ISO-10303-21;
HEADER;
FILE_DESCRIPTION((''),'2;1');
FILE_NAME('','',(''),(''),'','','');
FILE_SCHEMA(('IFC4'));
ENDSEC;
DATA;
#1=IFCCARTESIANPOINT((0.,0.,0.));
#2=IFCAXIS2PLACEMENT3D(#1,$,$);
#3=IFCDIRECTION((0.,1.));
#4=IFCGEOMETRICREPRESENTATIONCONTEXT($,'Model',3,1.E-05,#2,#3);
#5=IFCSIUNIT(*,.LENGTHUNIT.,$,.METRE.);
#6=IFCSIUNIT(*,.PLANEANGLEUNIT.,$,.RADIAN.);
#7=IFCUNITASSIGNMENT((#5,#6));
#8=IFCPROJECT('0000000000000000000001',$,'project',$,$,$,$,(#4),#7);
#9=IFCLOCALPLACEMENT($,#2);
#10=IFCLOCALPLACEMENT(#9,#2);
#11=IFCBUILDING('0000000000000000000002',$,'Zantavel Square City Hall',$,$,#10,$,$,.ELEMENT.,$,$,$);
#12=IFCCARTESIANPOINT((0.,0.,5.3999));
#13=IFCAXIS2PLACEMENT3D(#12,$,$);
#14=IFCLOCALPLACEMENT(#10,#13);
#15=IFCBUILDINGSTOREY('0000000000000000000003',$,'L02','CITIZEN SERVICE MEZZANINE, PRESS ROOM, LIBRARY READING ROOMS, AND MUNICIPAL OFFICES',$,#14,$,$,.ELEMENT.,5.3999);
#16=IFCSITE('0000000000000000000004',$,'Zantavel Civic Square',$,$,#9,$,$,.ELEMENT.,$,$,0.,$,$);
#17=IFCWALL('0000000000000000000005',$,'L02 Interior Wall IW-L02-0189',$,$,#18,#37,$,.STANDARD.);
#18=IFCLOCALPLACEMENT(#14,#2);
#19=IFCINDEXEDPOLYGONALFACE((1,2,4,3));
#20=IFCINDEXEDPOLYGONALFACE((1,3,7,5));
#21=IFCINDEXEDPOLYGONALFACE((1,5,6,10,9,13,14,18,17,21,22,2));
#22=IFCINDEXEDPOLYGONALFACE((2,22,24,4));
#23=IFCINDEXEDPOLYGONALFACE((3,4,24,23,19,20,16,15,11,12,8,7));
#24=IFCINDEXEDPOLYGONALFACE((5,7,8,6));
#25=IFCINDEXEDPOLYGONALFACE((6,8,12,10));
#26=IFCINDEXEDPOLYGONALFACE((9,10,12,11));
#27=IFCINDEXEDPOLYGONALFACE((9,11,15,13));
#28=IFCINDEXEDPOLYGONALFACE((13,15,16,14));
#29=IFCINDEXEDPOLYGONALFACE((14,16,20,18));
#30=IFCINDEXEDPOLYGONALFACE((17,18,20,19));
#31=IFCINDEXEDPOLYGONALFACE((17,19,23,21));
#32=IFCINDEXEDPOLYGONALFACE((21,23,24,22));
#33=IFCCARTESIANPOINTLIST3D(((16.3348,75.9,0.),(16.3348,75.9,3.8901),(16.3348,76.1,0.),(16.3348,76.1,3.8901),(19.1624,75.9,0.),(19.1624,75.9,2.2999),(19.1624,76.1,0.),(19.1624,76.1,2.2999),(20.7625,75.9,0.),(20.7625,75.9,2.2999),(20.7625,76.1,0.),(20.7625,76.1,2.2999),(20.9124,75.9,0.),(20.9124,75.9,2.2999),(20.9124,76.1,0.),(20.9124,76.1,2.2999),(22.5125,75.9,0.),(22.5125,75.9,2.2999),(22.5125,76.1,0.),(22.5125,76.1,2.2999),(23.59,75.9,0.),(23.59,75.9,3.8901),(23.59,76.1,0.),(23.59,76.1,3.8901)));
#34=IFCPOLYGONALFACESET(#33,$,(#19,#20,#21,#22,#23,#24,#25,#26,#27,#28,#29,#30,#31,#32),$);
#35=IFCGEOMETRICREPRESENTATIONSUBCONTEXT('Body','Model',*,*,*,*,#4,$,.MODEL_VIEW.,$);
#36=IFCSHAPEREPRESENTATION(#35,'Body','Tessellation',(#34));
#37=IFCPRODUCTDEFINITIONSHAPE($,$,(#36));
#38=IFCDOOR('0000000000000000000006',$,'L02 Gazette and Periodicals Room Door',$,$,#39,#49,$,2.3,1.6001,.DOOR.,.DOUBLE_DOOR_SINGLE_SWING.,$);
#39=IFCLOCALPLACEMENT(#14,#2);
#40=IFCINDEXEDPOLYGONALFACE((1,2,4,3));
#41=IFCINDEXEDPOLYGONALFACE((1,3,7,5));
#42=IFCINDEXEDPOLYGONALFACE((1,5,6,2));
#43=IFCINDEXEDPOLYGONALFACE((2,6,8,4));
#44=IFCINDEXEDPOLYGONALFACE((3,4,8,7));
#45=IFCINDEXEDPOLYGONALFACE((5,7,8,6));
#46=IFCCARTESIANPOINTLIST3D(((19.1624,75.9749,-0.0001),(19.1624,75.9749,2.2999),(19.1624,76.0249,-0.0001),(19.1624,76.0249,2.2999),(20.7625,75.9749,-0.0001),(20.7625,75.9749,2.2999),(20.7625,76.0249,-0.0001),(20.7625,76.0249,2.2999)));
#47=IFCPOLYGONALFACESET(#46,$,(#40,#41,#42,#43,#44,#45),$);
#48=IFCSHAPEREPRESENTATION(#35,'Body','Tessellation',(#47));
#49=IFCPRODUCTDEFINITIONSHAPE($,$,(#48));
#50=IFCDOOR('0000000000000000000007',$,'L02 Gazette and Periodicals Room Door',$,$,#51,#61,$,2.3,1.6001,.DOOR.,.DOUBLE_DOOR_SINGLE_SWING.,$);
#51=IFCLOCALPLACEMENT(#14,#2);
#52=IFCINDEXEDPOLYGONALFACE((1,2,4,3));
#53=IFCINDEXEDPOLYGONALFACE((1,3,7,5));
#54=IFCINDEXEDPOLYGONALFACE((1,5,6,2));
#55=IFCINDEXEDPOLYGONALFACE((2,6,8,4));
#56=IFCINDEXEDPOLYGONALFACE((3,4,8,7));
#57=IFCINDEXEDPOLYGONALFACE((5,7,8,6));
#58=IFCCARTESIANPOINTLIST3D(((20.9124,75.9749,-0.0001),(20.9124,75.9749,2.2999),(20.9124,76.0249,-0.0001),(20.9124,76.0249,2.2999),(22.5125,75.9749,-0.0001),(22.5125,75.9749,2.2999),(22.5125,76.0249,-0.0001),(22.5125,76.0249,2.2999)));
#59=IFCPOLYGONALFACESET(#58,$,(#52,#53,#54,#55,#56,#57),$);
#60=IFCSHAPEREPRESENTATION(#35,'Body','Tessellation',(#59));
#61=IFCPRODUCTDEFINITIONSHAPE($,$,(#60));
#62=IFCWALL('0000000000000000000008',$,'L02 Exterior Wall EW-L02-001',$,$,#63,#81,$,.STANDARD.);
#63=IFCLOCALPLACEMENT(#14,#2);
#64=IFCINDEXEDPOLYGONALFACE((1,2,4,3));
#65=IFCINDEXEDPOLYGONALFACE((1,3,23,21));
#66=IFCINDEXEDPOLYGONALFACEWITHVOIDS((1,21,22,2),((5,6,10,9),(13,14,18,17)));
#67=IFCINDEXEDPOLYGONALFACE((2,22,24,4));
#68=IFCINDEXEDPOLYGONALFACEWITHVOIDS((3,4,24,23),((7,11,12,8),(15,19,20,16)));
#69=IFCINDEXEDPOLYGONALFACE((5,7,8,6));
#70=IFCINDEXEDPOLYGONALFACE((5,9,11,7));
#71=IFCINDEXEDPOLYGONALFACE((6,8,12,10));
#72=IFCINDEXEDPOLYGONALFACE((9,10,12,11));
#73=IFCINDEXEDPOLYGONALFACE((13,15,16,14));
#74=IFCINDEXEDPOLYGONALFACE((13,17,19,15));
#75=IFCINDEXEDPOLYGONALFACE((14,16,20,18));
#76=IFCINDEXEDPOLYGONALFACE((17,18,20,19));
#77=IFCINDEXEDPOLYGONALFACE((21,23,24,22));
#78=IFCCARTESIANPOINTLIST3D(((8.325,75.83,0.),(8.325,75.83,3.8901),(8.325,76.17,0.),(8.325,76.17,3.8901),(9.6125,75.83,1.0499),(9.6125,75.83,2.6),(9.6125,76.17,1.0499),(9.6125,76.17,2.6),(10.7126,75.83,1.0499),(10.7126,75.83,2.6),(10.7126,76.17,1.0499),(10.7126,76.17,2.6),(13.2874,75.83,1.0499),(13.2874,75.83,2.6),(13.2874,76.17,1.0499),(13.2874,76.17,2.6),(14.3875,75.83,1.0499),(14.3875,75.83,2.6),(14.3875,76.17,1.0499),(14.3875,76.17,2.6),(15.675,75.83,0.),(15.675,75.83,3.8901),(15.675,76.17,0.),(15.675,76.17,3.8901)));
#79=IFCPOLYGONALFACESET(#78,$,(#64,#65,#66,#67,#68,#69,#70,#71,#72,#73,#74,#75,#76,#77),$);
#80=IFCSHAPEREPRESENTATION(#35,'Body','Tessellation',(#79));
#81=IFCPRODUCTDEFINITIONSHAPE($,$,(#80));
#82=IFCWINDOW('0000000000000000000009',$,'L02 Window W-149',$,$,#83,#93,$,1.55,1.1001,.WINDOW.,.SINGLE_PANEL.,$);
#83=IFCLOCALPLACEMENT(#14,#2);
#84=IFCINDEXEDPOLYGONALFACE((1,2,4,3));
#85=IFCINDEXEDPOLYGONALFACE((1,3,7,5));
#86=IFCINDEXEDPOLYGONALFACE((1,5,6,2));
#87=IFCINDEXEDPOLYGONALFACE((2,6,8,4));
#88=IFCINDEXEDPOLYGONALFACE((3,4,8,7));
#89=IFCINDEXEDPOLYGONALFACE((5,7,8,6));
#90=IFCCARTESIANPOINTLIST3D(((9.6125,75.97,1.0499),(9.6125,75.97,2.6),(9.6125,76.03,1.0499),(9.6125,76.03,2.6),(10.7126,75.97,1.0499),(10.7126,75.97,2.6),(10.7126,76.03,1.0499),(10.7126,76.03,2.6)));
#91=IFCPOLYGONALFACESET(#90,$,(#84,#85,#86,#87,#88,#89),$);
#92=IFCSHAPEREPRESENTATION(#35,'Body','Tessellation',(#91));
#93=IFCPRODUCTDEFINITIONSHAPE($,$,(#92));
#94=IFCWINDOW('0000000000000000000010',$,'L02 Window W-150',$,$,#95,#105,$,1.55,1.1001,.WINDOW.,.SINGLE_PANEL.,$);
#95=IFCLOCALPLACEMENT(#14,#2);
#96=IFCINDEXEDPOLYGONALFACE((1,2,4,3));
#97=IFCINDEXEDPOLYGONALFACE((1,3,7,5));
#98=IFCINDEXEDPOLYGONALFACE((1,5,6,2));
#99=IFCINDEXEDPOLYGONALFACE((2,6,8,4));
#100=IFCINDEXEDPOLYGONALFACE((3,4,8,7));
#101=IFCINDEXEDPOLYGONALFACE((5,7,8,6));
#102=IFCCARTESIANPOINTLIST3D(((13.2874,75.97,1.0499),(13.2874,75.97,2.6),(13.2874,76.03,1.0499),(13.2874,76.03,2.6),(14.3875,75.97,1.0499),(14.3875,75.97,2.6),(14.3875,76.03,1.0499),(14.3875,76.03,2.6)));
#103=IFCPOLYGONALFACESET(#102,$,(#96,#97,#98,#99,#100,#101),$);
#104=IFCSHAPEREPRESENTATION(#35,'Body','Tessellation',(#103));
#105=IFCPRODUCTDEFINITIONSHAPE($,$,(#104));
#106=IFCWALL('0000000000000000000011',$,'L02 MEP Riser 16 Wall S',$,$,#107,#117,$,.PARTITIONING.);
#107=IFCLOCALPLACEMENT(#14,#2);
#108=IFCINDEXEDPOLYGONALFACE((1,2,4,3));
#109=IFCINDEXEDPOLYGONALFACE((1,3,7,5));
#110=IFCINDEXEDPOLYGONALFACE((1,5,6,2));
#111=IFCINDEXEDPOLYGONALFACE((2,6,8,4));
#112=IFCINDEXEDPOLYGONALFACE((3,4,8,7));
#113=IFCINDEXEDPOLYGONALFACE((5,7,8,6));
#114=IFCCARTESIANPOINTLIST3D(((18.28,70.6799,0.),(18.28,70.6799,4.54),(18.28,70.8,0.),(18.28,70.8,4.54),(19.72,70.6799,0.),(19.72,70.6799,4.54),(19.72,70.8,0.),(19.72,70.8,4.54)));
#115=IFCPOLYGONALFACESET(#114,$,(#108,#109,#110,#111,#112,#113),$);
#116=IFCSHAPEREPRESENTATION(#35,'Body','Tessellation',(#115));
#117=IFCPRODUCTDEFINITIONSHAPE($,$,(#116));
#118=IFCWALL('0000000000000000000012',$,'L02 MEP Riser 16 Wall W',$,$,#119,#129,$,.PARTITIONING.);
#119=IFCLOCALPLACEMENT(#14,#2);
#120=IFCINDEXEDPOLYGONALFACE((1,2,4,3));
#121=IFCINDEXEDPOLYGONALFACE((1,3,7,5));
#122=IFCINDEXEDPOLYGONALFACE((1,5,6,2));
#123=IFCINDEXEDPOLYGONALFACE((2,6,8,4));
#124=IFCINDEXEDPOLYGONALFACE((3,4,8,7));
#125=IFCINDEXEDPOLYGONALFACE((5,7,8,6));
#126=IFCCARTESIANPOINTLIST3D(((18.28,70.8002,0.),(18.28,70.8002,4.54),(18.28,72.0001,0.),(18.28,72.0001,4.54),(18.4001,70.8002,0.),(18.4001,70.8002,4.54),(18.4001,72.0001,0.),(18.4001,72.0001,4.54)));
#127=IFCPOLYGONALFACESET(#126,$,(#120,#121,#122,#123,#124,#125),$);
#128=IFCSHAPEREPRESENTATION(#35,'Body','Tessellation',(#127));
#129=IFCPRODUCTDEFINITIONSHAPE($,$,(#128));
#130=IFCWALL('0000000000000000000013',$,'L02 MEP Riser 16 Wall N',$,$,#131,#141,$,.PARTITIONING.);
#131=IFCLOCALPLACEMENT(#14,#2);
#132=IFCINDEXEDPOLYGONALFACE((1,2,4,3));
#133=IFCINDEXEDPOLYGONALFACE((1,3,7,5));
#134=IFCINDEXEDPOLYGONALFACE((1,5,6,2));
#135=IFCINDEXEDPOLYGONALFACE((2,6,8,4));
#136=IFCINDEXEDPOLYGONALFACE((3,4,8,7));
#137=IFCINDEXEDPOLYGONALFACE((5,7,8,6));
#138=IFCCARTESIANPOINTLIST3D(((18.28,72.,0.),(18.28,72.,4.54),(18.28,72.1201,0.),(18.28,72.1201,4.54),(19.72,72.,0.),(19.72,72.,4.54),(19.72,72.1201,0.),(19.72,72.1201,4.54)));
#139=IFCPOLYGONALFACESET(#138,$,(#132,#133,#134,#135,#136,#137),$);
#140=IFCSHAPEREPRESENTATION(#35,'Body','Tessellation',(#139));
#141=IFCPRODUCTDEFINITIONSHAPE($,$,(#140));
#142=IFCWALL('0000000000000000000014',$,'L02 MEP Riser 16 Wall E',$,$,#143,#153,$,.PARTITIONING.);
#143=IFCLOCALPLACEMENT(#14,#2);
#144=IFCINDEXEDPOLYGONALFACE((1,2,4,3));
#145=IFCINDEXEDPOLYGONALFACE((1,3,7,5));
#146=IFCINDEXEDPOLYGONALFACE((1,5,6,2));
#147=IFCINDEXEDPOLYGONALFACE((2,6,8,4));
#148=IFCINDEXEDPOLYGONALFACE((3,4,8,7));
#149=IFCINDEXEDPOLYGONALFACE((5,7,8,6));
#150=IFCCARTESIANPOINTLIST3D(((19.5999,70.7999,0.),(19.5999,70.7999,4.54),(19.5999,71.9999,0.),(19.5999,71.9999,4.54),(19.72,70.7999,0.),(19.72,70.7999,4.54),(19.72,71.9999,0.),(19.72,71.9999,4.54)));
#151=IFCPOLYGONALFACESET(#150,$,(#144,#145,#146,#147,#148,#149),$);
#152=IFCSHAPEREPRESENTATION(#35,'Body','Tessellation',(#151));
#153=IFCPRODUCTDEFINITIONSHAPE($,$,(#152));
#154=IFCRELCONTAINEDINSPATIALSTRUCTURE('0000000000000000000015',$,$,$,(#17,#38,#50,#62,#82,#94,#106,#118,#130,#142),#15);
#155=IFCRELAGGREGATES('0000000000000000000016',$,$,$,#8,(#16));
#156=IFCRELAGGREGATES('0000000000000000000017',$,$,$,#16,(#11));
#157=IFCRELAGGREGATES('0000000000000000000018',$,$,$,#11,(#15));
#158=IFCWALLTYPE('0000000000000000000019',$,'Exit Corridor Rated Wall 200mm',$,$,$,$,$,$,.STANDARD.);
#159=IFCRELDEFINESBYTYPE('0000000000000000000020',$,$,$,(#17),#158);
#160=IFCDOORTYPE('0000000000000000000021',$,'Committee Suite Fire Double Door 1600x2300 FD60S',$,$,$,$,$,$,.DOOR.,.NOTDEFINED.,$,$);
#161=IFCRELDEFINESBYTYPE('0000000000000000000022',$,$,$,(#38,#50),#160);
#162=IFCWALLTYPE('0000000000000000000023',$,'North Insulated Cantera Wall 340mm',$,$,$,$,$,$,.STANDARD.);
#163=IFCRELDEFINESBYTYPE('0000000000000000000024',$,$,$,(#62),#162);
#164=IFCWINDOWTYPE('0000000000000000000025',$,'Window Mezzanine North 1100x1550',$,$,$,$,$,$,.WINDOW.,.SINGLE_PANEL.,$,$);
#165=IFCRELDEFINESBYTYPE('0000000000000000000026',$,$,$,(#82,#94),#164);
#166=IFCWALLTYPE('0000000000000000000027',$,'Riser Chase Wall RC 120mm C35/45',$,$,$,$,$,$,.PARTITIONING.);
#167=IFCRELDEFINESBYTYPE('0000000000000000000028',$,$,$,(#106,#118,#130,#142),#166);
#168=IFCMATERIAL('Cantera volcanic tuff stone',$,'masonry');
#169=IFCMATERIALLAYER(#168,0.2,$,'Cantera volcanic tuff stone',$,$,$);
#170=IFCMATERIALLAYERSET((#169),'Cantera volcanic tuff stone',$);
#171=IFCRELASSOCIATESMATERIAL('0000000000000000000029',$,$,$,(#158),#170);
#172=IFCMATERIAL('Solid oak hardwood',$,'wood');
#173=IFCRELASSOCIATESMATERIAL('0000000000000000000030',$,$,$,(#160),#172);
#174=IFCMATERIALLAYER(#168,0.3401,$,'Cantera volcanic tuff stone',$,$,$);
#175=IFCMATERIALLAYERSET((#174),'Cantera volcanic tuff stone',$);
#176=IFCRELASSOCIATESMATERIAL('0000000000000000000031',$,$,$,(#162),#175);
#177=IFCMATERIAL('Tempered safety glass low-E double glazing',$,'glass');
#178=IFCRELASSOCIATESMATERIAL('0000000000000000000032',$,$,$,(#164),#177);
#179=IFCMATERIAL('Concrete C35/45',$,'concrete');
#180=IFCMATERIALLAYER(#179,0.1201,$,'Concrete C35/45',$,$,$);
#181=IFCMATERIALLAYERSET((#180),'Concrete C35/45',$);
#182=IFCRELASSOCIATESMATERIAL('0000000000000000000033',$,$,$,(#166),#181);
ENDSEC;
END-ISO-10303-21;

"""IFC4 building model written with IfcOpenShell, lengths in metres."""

from ifc_helpers import new_model, si_unit, direction, frame, frame_2d, origin, place, context, subcontext, project, spatial, rectangle, extrude, material, layer, layer_set, type_object, element, fill, save


model = new_model("IFC4")

# Units and contexts
model_context = context("Model", 3, precision=1e-05, world=origin(), true_north=direction((0.0, 1.0)))
body_context = subcontext(model_context, "Body", "Model", "MODEL_VIEW")
ifc_project = project(units=[si_unit("LENGTHUNIT", "METRE"), si_unit("PLANEANGLEUNIT", "RADIAN")], contexts=[model_context])

# Site, building, storey
site_placement = place(None, origin())
site = spatial("IfcSite", under=ifc_project, at=site_placement, Name="Zantavel Civic Square", CompositionType="ELEMENT", RefElevation=0.0)
building_placement = place(site_placement, origin())
building = spatial("IfcBuilding", under=site, at=building_placement, Name="Zantavel Square City Hall", CompositionType="ELEMENT")
storey_placement = place(building_placement, frame((0.0, 0.0, 5.3999)))
storey = spatial("IfcBuildingStorey", under=building, at=storey_placement, Name="L02", Description="CITIZEN SERVICE MEZZANINE, PRESS ROOM, LIBRARY READING ROOMS, AND MUNICIPAL OFFICES", CompositionType="ELEMENT", Elevation=5.3999)

# Shared definitions
ifc_material_1 = material(Name="Concrete C35/45", Category="concrete")

# Shared definitions
ifc_material_2 = material(Name="Cantera volcanic tuff stone", Category="masonry")
ifc_material_3 = material(Name="Tempered safety glass low-E double glazing", Category="glass")

# Wall, openings, doors
ifc_layer_1 = layer(ifc_material_2, 0.2, Name="Cantera volcanic tuff stone")
ifc_layer_set_1 = layer_set([ifc_layer_1], Name="Cantera volcanic tuff stone")
wall_type_1 = type_object("IfcWallType", Name="Exit Corridor Rated Wall 200mm", PredefinedType="STANDARD", material=ifc_layer_set_1)
wall_1_placement = place(storey_placement, frame((16.335, 76.0, 0.0), z_axis=(0.0, 0.0, 1.0), x_axis=(1.0, 0.0, 0.0)))
wall_1 = element("IfcWall", 1, at=wall_1_placement, inside=storey, type_object=wall_type_1, Name="L02 Interior Wall IW-L02-0189", PredefinedType="STANDARD", context=body_context, shape_type="SweptSolid", body=[
    extrude(rectangle(XDim=7.2551, YDim=0.2, at=frame_2d((3.6274, 0.0))), origin(), (0.0, 0.0, 1.0), 3.8901),
])
opening_1_placement = place(wall_1_placement, frame((2.8274, 0.0, 0.0)))
opening_1 = element("IfcOpeningElement", 2, at=opening_1_placement, cuts=wall_1, PredefinedType="OPENING", context=body_context, shape_type="SweptSolid", body=[
    extrude(rectangle(XDim=1.6001, YDim=2.3, at=frame_2d((0.8, 1.1499))), frame((0.0, 0.1099, 0.0), z_axis=(0.0, -1.0, 0.0), x_axis=(1.0, 0.0, 0.0)), (0.0, 0.0, 1.0), 0.22),
])
opening_2_placement = place(wall_1_placement, frame((4.5774, 0.0, 0.0)))
opening_2 = element("IfcOpeningElement", 3, at=opening_2_placement, cuts=wall_1, PredefinedType="OPENING", context=body_context, shape_type="SweptSolid", body=[
    extrude(rectangle(XDim=1.6001, YDim=2.3, at=frame_2d((0.8, 1.1499))), frame((0.0, 0.1099, 0.0), z_axis=(0.0, -1.0, 0.0), x_axis=(1.0, 0.0, 0.0)), (0.0, 0.0, 1.0), 0.22),
])
ifc_material_4 = material(Name="Solid oak hardwood", Category="wood")
door_type_1 = type_object("IfcDoorType", Name="Committee Suite Fire Double Door 1600x2300 FD60S", OperationType="NOTDEFINED", PredefinedType="DOOR", material=ifc_material_4)
door_1_placement = place(opening_1_placement, origin())
door_1 = element("IfcDoor", 4, at=door_1_placement, inside=storey, type_object=door_type_1, Name="L02 Gazette and Periodicals Room Door", OperationType="DOUBLE_DOOR_SINGLE_SWING", OverallHeight=2.3, OverallWidth=1.6001, PredefinedType="DOOR", context=body_context, shape_type="SweptSolid", body=[
    extrude(rectangle(XDim=1.6001, YDim=2.3, at=frame_2d((0.8, 1.1499))), frame((0.0, 0.0249, 0.0), z_axis=(0.0, -1.0, 0.0), x_axis=(1.0, 0.0, 0.0)), (0.0, 0.0, 1.0), 0.05),
])
fill(opening_1, door_1)
door_2_placement = place(opening_2_placement, origin())
door_2 = element("IfcDoor", 5, at=door_2_placement, inside=storey, type_object=door_type_1, Name="L02 Gazette and Periodicals Room Door", OperationType="DOUBLE_DOOR_SINGLE_SWING", OverallHeight=2.3, OverallWidth=1.6001, PredefinedType="DOOR", context=body_context, shape_type="SweptSolid", body=[
    extrude(rectangle(XDim=1.6001, YDim=2.3, at=frame_2d((0.8, 1.1499))), frame((0.0, 0.0249, 0.0), z_axis=(0.0, -1.0, 0.0), x_axis=(1.0, 0.0, 0.0)), (0.0, 0.0, 1.0), 0.05),
])
fill(opening_2, door_2)

# Wall, openings, windows
ifc_layer_2 = layer(ifc_material_2, 0.3401, Name="Cantera volcanic tuff stone")
ifc_layer_set_2 = layer_set([ifc_layer_2], Name="Cantera volcanic tuff stone")
wall_type_2 = type_object("IfcWallType", Name="North Insulated Cantera Wall 340mm", PredefinedType="STANDARD", material=ifc_layer_set_2)
wall_2_placement = place(storey_placement, frame((8.325, 76.0, 0.0), z_axis=(0.0, 0.0, 1.0), x_axis=(1.0, 0.0, 0.0)))
wall_2 = element("IfcWall", 6, at=wall_2_placement, inside=storey, type_object=wall_type_2, Name="L02 Exterior Wall EW-L02-001", PredefinedType="STANDARD", context=body_context, shape_type="SweptSolid", body=[
    extrude(rectangle(XDim=7.3501, YDim=0.3401, at=frame_2d((3.675, 0.0))), origin(), (0.0, 0.0, 1.0), 3.8901),
])
opening_3_placement = place(wall_2_placement, frame((1.2876, 0.0, 1.05)))
opening_3 = element("IfcOpeningElement", 7, at=opening_3_placement, cuts=wall_2, PredefinedType="OPENING", context=body_context, shape_type="SweptSolid", body=[
    extrude(rectangle(XDim=1.1001, YDim=1.55, at=frame_2d((0.55, 0.7749))), frame((0.0, 0.1799, 0.0), z_axis=(0.0, -1.0, 0.0), x_axis=(1.0, 0.0, 0.0)), (0.0, 0.0, 1.0), 0.3601),
])
opening_4_placement = place(wall_2_placement, frame((4.9624, 0.0, 1.05)))
opening_4 = element("IfcOpeningElement", 8, at=opening_4_placement, cuts=wall_2, PredefinedType="OPENING", context=body_context, shape_type="SweptSolid", body=[
    extrude(rectangle(XDim=1.1001, YDim=1.55, at=frame_2d((0.55, 0.7749))), frame((0.0, 0.1799, 0.0), z_axis=(0.0, -1.0, 0.0), x_axis=(1.0, 0.0, 0.0)), (0.0, 0.0, 1.0), 0.3601),
])
window_type_1 = type_object("IfcWindowType", Name="Window Mezzanine North 1100x1550", PartitioningType="SINGLE_PANEL", PredefinedType="WINDOW", material=ifc_material_3)
window_1_placement = place(opening_3_placement, origin())
window_1 = element("IfcWindow", 9, at=window_1_placement, inside=storey, type_object=window_type_1, Name="L02 Window W-149", OverallHeight=1.55, OverallWidth=1.1001, PartitioningType="SINGLE_PANEL", PredefinedType="WINDOW", context=body_context, shape_type="SweptSolid", body=[
    extrude(rectangle(XDim=1.1001, YDim=1.55, at=frame_2d((0.55, 0.7749))), frame((0.0, 0.03, 0.0), z_axis=(0.0, -1.0, 0.0), x_axis=(1.0, 0.0, 0.0)), (0.0, 0.0, 1.0), 0.0601),
])
fill(opening_3, window_1)
window_2_placement = place(opening_4_placement, origin())
window_2 = element("IfcWindow", 10, at=window_2_placement, inside=storey, type_object=window_type_1, Name="L02 Window W-150", OverallHeight=1.55, OverallWidth=1.1001, PartitioningType="SINGLE_PANEL", PredefinedType="WINDOW", context=body_context, shape_type="SweptSolid", body=[
    extrude(rectangle(XDim=1.1001, YDim=1.55, at=frame_2d((0.55, 0.7749))), frame((0.0, 0.03, 0.0), z_axis=(0.0, -1.0, 0.0), x_axis=(1.0, 0.0, 0.0)), (0.0, 0.0, 1.0), 0.0601),
])
fill(opening_4, window_2)

# Walls
ifc_layer_3 = layer(ifc_material_1, 0.1201, Name="Concrete C35/45")
ifc_layer_set_3 = layer_set([ifc_layer_3], Name="Concrete C35/45")
wall_type_3 = type_object("IfcWallType", Name="Riser Chase Wall RC 120mm C35/45", PredefinedType="PARTITIONING", material=ifc_layer_set_3)
wall_3_placement = place(storey_placement, frame((19.72, 70.74, 0.0), z_axis=(0.0, 0.0, 1.0), x_axis=(-1.0, 0.0, 0.0)))
element("IfcWall", 11, at=wall_3_placement, inside=storey, type_object=wall_type_3, Name="L02 MEP Riser 16 Wall S", PredefinedType="PARTITIONING", context=body_context, shape_type="SweptSolid", body=[
    extrude(rectangle(XDim=1.4399, YDim=0.1201, at=frame_2d((0.72, 0.0))), origin(), (0.0, 0.0, 1.0), 4.54),
])
wall_4_placement = place(storey_placement, frame((18.3401, 70.8, 0.0), z_axis=(0.0, 0.0, 1.0), x_axis=(0.0, 1.0, 0.0)))
element("IfcWall", 12, at=wall_4_placement, inside=storey, type_object=wall_type_3, Name="L02 MEP Riser 16 Wall W", PredefinedType="PARTITIONING", context=body_context, shape_type="SweptSolid", body=[
    extrude(rectangle(XDim=1.2, YDim=0.1201, at=frame_2d((0.6001, 0.0))), origin(), (0.0, 0.0, 1.0), 4.54),
])
wall_5_placement = place(storey_placement, frame((18.28, 72.0601, 0.0), z_axis=(0.0, 0.0, 1.0), x_axis=(1.0, 0.0, 0.0)))
element("IfcWall", 13, at=wall_5_placement, inside=storey, type_object=wall_type_3, Name="L02 MEP Riser 16 Wall N", PredefinedType="PARTITIONING", context=body_context, shape_type="SweptSolid", body=[
    extrude(rectangle(XDim=1.4399, YDim=0.1201, at=frame_2d((0.72, 0.0))), origin(), (0.0, 0.0, 1.0), 4.54),
])
wall_6_placement = place(storey_placement, frame((19.6599, 72.0, 0.0), z_axis=(0.0, 0.0, 1.0), x_axis=(0.0, -1.0, 0.0)))
element("IfcWall", 14, at=wall_6_placement, inside=storey, type_object=wall_type_3, Name="L02 MEP Riser 16 Wall E", PredefinedType="PARTITIONING", context=body_context, shape_type="SweptSolid", body=[
    extrude(rectangle(XDim=1.2, YDim=0.1201, at=frame_2d((0.6001, 0.0))), origin(), (0.0, 0.0, 1.0), 4.54),
])

save(model, "model.ifc")
